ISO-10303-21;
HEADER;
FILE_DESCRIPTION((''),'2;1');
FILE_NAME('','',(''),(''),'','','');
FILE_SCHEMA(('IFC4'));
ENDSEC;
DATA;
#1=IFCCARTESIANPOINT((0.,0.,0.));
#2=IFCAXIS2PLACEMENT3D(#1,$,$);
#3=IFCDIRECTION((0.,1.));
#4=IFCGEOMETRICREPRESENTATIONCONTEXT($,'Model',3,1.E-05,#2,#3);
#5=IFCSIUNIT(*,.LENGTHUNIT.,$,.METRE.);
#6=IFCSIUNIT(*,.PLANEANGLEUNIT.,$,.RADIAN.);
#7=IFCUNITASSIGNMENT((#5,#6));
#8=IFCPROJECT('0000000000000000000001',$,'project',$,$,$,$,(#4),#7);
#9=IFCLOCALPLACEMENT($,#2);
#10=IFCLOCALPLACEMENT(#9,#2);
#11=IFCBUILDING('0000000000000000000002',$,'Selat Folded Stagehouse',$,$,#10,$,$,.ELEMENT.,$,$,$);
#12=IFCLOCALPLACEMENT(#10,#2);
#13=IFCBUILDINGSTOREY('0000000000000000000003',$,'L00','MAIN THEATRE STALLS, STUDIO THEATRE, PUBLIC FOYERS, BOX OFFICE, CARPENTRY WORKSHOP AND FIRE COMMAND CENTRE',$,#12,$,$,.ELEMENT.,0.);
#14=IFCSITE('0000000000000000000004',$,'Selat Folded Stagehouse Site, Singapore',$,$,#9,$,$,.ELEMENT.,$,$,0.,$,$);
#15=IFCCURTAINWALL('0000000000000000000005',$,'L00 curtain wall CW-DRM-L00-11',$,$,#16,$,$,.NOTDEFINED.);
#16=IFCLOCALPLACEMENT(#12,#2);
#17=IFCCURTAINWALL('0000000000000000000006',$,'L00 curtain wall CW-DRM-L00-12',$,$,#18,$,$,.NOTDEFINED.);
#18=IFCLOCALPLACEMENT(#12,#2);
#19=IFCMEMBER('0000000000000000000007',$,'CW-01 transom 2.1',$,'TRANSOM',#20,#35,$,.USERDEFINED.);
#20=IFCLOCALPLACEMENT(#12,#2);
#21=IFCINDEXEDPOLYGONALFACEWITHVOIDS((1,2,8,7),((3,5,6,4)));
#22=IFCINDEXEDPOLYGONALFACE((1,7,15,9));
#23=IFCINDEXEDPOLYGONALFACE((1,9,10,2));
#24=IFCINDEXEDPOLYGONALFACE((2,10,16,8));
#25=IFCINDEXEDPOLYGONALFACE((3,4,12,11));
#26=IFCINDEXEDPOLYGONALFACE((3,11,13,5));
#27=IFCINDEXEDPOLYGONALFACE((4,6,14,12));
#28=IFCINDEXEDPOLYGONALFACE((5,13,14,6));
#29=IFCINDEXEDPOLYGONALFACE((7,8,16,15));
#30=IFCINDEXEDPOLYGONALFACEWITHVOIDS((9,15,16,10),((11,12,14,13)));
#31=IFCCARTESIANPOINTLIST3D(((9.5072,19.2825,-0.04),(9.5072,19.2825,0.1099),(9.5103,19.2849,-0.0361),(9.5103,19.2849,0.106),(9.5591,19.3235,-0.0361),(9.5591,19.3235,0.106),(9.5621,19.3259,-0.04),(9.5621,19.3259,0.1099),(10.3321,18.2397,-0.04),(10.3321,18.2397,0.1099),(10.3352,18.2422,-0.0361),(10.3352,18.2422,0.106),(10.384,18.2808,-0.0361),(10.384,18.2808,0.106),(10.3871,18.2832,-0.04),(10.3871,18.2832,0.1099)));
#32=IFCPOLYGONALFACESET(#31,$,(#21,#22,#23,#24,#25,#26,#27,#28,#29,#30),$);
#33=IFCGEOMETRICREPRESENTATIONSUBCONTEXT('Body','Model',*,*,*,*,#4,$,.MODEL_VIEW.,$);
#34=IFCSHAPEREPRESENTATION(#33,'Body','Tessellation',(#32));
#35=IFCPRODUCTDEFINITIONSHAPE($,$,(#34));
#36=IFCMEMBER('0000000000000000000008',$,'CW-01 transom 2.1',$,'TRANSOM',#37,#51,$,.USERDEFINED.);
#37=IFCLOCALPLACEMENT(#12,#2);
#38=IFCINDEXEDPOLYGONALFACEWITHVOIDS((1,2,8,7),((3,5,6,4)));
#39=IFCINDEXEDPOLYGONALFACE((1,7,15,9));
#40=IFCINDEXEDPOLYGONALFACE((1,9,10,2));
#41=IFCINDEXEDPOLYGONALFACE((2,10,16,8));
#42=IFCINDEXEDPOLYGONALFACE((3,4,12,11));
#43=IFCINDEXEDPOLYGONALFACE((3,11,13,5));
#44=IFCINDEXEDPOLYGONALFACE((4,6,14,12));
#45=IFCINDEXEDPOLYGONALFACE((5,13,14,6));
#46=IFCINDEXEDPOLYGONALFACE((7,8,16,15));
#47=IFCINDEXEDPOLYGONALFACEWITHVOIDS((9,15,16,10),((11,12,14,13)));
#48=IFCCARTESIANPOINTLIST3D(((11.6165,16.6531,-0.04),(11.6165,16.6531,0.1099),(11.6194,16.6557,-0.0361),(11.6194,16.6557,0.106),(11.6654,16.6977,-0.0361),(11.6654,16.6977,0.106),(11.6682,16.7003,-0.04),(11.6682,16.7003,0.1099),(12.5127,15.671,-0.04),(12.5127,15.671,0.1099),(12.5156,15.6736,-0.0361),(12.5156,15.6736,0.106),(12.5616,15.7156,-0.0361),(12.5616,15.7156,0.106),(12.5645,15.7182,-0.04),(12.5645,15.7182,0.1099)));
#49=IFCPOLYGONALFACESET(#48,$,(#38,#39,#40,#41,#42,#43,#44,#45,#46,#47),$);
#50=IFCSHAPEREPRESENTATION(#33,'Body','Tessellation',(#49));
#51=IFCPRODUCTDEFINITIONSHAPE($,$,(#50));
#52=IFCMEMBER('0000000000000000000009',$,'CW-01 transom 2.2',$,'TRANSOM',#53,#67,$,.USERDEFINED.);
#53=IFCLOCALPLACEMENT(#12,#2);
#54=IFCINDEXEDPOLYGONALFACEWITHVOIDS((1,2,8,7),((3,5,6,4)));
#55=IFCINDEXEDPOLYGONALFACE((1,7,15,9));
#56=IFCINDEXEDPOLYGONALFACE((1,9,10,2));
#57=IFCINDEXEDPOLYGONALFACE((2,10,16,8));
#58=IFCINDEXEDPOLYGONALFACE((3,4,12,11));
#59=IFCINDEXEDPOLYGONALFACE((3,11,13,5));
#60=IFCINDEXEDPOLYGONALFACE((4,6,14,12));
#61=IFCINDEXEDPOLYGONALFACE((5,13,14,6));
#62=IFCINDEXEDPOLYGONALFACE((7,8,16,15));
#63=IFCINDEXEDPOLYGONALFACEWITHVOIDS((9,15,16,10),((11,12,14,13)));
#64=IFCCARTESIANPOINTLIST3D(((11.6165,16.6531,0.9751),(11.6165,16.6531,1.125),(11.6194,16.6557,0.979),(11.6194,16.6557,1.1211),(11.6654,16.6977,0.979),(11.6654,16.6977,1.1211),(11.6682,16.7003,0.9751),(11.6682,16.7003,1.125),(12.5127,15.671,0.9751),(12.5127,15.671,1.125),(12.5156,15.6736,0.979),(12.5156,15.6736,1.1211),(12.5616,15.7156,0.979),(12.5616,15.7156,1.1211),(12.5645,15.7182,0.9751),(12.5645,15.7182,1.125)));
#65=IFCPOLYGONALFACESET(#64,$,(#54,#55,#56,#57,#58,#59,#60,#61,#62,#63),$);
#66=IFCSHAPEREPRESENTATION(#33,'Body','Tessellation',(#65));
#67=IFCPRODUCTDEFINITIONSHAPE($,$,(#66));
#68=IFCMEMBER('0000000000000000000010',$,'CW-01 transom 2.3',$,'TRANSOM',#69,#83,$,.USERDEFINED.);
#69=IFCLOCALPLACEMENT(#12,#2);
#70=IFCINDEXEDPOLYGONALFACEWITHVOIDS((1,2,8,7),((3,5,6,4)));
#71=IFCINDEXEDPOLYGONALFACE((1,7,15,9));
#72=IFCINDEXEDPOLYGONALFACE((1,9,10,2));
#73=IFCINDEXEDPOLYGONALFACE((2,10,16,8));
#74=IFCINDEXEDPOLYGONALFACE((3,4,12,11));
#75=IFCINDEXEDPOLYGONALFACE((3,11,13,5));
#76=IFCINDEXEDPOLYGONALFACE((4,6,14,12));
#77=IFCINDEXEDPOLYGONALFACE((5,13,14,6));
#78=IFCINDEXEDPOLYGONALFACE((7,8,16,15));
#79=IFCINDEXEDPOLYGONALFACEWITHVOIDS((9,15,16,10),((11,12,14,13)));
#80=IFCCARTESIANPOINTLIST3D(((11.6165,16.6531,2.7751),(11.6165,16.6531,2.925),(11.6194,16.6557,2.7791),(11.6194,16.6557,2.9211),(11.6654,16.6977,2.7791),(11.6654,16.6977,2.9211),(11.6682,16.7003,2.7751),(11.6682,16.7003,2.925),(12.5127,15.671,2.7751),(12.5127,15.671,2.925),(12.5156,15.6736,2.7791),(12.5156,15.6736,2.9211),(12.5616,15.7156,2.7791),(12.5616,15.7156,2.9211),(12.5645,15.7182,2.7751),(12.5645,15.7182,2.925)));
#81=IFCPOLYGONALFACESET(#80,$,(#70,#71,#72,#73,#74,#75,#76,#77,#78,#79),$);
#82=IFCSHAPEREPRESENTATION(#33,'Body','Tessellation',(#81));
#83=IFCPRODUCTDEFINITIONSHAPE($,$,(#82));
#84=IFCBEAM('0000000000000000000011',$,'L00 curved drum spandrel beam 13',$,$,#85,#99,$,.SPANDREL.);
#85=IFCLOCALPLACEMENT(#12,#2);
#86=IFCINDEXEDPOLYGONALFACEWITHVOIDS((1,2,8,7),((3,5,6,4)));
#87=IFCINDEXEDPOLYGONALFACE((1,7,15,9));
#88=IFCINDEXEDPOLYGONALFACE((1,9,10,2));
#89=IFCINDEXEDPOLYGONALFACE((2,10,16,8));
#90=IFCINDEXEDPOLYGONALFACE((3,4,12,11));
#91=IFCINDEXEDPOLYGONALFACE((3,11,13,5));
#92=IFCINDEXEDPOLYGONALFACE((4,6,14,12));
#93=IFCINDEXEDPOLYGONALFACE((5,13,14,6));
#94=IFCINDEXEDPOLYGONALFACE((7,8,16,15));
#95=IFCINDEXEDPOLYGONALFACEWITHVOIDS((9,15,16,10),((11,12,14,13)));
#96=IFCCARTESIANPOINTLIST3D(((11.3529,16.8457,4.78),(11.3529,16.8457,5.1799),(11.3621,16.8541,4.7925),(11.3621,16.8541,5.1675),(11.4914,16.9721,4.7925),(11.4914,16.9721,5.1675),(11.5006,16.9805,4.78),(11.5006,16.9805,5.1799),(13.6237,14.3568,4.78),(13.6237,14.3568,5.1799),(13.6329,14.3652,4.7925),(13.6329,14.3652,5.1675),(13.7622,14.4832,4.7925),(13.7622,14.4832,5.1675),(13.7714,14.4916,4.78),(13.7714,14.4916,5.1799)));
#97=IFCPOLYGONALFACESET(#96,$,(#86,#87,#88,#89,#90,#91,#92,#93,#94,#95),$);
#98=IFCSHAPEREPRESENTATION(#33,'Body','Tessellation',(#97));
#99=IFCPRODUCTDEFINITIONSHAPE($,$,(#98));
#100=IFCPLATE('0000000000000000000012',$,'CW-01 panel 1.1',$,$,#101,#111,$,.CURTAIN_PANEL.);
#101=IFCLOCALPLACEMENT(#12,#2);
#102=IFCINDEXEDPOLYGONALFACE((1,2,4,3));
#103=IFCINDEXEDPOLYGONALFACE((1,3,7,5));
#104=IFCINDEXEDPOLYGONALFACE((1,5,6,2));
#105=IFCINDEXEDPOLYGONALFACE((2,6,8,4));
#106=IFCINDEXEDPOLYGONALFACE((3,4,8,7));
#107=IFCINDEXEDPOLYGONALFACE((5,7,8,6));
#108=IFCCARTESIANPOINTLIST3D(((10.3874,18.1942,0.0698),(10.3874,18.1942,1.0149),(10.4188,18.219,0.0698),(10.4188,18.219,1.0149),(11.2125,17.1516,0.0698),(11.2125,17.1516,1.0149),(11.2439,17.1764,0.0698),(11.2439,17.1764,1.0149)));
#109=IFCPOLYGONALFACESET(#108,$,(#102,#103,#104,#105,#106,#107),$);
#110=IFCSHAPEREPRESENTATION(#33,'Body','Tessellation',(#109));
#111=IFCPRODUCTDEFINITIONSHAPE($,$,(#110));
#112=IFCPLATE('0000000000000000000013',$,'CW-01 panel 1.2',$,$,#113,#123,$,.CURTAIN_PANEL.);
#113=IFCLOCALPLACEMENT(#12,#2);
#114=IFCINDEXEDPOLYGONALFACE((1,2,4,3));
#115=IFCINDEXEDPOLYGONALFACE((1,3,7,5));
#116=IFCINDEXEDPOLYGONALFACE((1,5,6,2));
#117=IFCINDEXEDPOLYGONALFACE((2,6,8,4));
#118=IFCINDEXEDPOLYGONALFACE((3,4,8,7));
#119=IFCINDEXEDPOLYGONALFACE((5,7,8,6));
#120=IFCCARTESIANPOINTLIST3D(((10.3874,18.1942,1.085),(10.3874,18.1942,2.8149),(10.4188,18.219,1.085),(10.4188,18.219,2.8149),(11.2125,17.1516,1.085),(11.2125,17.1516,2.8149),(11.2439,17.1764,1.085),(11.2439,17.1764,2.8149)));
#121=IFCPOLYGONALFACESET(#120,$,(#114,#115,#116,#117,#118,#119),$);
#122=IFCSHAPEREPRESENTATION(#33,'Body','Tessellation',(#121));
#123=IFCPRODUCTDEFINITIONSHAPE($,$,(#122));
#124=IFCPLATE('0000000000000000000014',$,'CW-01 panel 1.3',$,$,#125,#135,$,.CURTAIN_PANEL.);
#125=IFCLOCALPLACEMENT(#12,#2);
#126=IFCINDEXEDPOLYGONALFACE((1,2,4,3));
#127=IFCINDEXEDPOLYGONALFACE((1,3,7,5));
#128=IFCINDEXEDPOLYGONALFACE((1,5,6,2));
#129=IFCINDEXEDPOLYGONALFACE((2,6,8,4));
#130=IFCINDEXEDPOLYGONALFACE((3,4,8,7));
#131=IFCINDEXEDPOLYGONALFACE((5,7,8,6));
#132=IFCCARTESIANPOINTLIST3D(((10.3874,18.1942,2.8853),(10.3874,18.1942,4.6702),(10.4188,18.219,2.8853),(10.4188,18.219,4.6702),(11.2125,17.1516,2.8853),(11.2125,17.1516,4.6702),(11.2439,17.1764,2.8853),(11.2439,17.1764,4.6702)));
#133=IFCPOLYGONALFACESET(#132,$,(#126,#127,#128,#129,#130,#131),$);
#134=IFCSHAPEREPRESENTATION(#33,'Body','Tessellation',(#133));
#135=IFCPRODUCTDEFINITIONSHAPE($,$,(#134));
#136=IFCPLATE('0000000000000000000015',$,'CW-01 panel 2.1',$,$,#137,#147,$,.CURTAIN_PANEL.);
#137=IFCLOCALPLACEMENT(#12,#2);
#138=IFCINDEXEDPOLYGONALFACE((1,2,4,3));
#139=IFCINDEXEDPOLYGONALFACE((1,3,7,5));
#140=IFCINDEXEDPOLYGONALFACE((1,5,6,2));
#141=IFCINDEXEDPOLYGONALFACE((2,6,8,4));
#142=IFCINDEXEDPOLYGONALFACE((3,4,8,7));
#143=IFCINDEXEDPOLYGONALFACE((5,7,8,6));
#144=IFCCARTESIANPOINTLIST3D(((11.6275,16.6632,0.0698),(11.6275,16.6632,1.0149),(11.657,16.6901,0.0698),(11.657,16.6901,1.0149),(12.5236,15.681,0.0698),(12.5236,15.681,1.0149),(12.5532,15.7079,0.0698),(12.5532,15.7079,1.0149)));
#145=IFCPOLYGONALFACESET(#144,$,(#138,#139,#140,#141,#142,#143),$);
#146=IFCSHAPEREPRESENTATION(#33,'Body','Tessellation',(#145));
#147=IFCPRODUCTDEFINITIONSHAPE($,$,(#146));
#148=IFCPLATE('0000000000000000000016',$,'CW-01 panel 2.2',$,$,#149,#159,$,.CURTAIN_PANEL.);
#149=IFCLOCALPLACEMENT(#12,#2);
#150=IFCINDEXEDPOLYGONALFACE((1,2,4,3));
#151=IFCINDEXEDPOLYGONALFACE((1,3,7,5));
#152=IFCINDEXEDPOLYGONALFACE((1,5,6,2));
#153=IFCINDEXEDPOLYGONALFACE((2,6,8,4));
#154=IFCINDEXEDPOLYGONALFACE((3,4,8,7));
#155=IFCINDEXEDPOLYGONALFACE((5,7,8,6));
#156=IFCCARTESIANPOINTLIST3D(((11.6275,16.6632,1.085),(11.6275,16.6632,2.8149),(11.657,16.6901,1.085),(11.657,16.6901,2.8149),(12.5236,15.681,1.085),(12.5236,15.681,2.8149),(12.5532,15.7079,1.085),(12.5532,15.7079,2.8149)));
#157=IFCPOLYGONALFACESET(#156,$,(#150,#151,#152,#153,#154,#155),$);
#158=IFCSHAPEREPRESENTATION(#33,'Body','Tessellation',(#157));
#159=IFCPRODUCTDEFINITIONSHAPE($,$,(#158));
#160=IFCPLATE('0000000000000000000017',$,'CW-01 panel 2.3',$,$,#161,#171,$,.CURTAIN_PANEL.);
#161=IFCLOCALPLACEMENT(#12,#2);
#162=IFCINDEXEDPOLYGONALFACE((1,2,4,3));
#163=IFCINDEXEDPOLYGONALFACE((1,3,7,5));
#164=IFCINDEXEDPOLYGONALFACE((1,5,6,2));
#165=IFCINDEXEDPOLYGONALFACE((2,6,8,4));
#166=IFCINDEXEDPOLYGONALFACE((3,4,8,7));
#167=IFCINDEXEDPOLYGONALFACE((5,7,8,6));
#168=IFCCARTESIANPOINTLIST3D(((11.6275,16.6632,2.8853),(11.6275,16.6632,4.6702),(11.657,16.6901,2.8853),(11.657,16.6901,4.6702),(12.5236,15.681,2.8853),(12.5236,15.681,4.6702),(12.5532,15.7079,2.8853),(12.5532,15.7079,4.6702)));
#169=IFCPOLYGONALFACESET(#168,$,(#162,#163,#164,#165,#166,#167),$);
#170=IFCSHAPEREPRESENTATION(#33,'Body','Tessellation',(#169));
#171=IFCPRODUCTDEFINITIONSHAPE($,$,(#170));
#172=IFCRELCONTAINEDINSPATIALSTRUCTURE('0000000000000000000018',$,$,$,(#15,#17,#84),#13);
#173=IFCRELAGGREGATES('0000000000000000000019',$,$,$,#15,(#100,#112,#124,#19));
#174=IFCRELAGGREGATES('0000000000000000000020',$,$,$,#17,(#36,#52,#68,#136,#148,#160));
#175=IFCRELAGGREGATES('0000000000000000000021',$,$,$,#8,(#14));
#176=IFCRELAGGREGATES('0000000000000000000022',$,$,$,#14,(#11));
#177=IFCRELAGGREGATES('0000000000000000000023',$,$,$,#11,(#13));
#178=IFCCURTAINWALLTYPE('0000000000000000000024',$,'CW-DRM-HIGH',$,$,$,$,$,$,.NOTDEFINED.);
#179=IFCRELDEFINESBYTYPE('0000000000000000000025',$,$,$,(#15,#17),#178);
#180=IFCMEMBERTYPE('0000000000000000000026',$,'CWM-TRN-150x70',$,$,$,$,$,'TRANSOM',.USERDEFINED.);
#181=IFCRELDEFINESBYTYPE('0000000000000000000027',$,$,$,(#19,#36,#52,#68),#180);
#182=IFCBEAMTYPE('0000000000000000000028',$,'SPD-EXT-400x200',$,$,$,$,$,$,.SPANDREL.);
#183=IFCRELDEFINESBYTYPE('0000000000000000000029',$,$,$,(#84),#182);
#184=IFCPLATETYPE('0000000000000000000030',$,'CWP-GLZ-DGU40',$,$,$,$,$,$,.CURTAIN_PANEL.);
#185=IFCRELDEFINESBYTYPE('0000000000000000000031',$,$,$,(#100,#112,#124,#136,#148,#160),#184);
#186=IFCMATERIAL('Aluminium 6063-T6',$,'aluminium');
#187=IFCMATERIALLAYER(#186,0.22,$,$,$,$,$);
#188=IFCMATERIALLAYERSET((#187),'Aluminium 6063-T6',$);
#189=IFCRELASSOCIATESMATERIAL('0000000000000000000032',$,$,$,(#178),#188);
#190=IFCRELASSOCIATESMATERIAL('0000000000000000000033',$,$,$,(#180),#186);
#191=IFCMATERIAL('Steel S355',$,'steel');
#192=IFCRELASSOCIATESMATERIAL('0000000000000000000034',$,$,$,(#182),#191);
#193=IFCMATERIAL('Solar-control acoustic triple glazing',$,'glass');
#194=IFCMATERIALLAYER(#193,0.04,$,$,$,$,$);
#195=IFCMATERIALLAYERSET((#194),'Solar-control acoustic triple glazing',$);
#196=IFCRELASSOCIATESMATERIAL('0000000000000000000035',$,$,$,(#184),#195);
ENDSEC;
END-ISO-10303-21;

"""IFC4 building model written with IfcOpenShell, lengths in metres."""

from ifc_helpers import new_model, si_unit, direction, frame, origin, origin_2d, place, context, subcontext, project, spatial, rectangle, hollow_rectangle, extrude, material, layer, layer_set, material_profile, profile_set, type_object, element, aggregate, save


model = new_model("IFC4")

# Units and contexts
model_context = context("Model", 3, precision=1e-05, world=origin(), true_north=direction((0.0, 1.0)))
body_context = subcontext(model_context, "Body", "Model", "MODEL_VIEW")
ifc_project = project(units=[si_unit("LENGTHUNIT", "METRE"), si_unit("PLANEANGLEUNIT", "RADIAN")], contexts=[model_context])

# Site, building, storey
site_placement = place(None, origin())
site = spatial("IfcSite", under=ifc_project, at=site_placement, Name="Selat Folded Stagehouse Site, Singapore", CompositionType="ELEMENT", RefElevation=0.0)
building_placement = place(site_placement, origin())
building = spatial("IfcBuilding", under=site, at=building_placement, Name="Selat Folded Stagehouse", CompositionType="ELEMENT")
storey_placement = place(building_placement, origin())
storey = spatial("IfcBuildingStorey", under=building, at=storey_placement, Name="L00", Description="MAIN THEATRE STALLS, STUDIO THEATRE, PUBLIC FOYERS, BOX OFFICE, CARPENTRY WORKSHOP AND FIRE COMMAND CENTRE", CompositionType="ELEMENT", Elevation=0.0)

# Shared definitions
ifc_material_1 = material(Name="Steel S355", Category="steel")

# Curtain wall
ifc_material_2 = material(Name="Aluminium 6063-T6", Category="aluminium")
ifc_layer_1 = layer(ifc_material_2, 0.22)
ifc_layer_set_1 = layer_set([ifc_layer_1], Name="Aluminium 6063-T6")
curtain_wall_type = type_object("IfcCurtainWallType", Name="CW-DRM-HIGH", PredefinedType="NOTDEFINED", material=ifc_layer_set_1)
curtain_wall_1_placement = place(storey_placement, origin())
curtain_wall_1 = element("IfcCurtainWall", 1, at=curtain_wall_1_placement, inside=storey, type_object=curtain_wall_type, Name="L00 curtain wall CW-DRM-L00-11", PredefinedType="NOTDEFINED")

# Curtain wall
curtain_wall_2_placement = place(storey_placement, origin())
curtain_wall_2 = element("IfcCurtainWall", 2, at=curtain_wall_2_placement, inside=storey, type_object=curtain_wall_type, Name="L00 curtain wall CW-DRM-L00-12", PredefinedType="NOTDEFINED")

# Members
ifc_material_profile_1 = material_profile(ifc_material_2, hollow_rectangle(XDim=0.0701, YDim=0.1499, WallThickness=0.0039, at=origin_2d()), Name="ALU 150x70x4.0")
ifc_profile_set_1 = profile_set([ifc_material_profile_1], Name="Aluminium 6063-T6")
member_type_1 = type_object("IfcMemberType", Name="CWM-TRN-150x70", ElementType="TRANSOM", PredefinedType="USERDEFINED", material=ifc_profile_set_1)
member_1_placement = place(storey_placement, frame((10.3596, 18.2615, 0.0349), z_axis=(-0.620454, 0.784243, 0.0), x_axis=(-0.784243, -0.620454, 0.0)))
member_1 = element("IfcMember", 3, at=member_1_placement, type_object=member_type_1, Name="CW-01 transom 2.1", ObjectType="TRANSOM", PredefinedType="USERDEFINED", context=body_context, shape_type="SweptSolid", body=[
    extrude(hollow_rectangle(XDim=0.0701, YDim=0.1499, WallThickness=0.0039, at=origin_2d()), origin(), (0.0, 0.0, 1.0), 1.3296),
])
member_2_placement = place(storey_placement, frame((12.5386, 15.6946, 0.0349), z_axis=(-0.674052, 0.738684, 0.0), x_axis=(-0.738684, -0.674052, 0.0)))
member_2 = element("IfcMember", 4, at=member_2_placement, type_object=member_type_1, Name="CW-01 transom 2.1", ObjectType="TRANSOM", PredefinedType="USERDEFINED", context=body_context, shape_type="SweptSolid", body=[
    extrude(hollow_rectangle(XDim=0.0701, YDim=0.1499, WallThickness=0.0039, at=origin_2d()), origin(), (0.0, 0.0, 1.0), 1.3296),
])
member_3_placement = place(storey_placement, frame((12.5386, 15.6946, 1.05), z_axis=(-0.674052, 0.738684, 0.0), x_axis=(-0.738684, -0.674052, 0.0)))
member_3 = element("IfcMember", 5, at=member_3_placement, type_object=member_type_1, Name="CW-01 transom 2.2", ObjectType="TRANSOM", PredefinedType="USERDEFINED", context=body_context, shape_type="SweptSolid", body=[
    extrude(hollow_rectangle(XDim=0.0701, YDim=0.1499, WallThickness=0.0039, at=origin_2d()), origin(), (0.0, 0.0, 1.0), 1.3296),
])
member_4_placement = place(storey_placement, frame((12.5386, 15.6946, 2.8501), z_axis=(-0.674052, 0.738684, 0.0), x_axis=(-0.738684, -0.674052, 0.0)))
member_4 = element("IfcMember", 6, at=member_4_placement, type_object=member_type_1, Name="CW-01 transom 2.3", ObjectType="TRANSOM", PredefinedType="USERDEFINED", context=body_context, shape_type="SweptSolid", body=[
    extrude(hollow_rectangle(XDim=0.0701, YDim=0.1499, WallThickness=0.0039, at=origin_2d()), origin(), (0.0, 0.0, 1.0), 1.3296),
])

# Beam
ifc_material_profile_2 = material_profile(ifc_material_1, hollow_rectangle(XDim=0.2, YDim=0.3999, WallThickness=0.0125, at=origin_2d()), Name="RHS 400x200x12.5")
ifc_profile_set_2 = profile_set([ifc_material_profile_2], Name="Steel S355")
beam_type = type_object("IfcBeamType", Name="SPD-EXT-400x200", PredefinedType="SPANDREL", material=ifc_profile_set_2)
beam_placement = place(storey_placement, frame((11.4268, 16.9131, 4.98), z_axis=(0.67401, -0.738722, 0.0), x_axis=(0.738722, 0.67401, 0.0)))
element("IfcBeam", 7, at=beam_placement, inside=storey, type_object=beam_type, Name="L00 curved drum spandrel beam 13", PredefinedType="SPANDREL", context=body_context, shape_type="SweptSolid", body=[
    extrude(hollow_rectangle(XDim=0.2, YDim=0.3999, WallThickness=0.0125, at=origin_2d()), origin(), (0.0, 0.0, 1.0), 3.3691),
])

# Plates
ifc_material_3 = material(Name="Solar-control acoustic triple glazing", Category="glass")
ifc_layer_2 = layer(ifc_material_3, 0.04)
ifc_layer_set_2 = layer_set([ifc_layer_2], Name="Solar-control acoustic triple glazing")
plate_type = type_object("IfcPlateType", Name="CWP-GLZ-DGU40", PredefinedType="CURTAIN_PANEL", material=ifc_layer_set_2)
plate_1_placement = place(storey_placement, frame((10.8157, 17.6853, 0.0698), z_axis=(0.0, 0.0, 1.0), x_axis=(-0.620533, 0.78418, 0.0)))
plate_1 = element("IfcPlate", 8, at=plate_1_placement, type_object=plate_type, Name="CW-01 panel 1.1", PredefinedType="CURTAIN_PANEL", context=body_context, shape_type="SweptSolid", body=[
    extrude(rectangle(XDim=1.3296, YDim=0.04, at=origin_2d()), origin(), (0.0, 0.0, 1.0), 0.9451),
])
plate_2_placement = place(storey_placement, frame((10.8157, 17.6853, 1.085), z_axis=(0.0, 0.0, 1.0), x_axis=(-0.620533, 0.78418, 0.0)))
plate_2 = element("IfcPlate", 9, at=plate_2_placement, type_object=plate_type, Name="CW-01 panel 1.2", PredefinedType="CURTAIN_PANEL", context=body_context, shape_type="SweptSolid", body=[
    extrude(rectangle(XDim=1.3296, YDim=0.04, at=origin_2d()), origin(), (0.0, 0.0, 1.0), 1.73),
])
plate_3_placement = place(storey_placement, frame((10.8157, 17.6853, 2.8853), z_axis=(0.0, 0.0, 1.0), x_axis=(-0.620533, 0.78418, 0.0)))
plate_3 = element("IfcPlate", 10, at=plate_3_placement, type_object=plate_type, Name="CW-01 panel 1.3", PredefinedType="CURTAIN_PANEL", context=body_context, shape_type="SweptSolid", body=[
    extrude(rectangle(XDim=1.3296, YDim=0.04, at=origin_2d()), origin(), (0.0, 0.0, 1.0), 1.7849),
])
aggregate(curtain_wall_1, [plate_1, plate_2, plate_3, member_1])
plate_4_placement = place(storey_placement, frame((12.0903, 16.1855, 0.0698), z_axis=(0.0, 0.0, 1.0), x_axis=(-0.674002, 0.738729, 0.0)))
plate_4 = element("IfcPlate", 11, at=plate_4_placement, type_object=plate_type, Name="CW-01 panel 2.1", PredefinedType="CURTAIN_PANEL", context=body_context, shape_type="SweptSolid", body=[
    extrude(rectangle(XDim=1.3296, YDim=0.04, at=origin_2d()), origin(), (0.0, 0.0, 1.0), 0.9451),
])
plate_5_placement = place(storey_placement, frame((12.0903, 16.1855, 1.085), z_axis=(0.0, 0.0, 1.0), x_axis=(-0.674002, 0.738729, 0.0)))
plate_5 = element("IfcPlate", 12, at=plate_5_placement, type_object=plate_type, Name="CW-01 panel 2.2", PredefinedType="CURTAIN_PANEL", context=body_context, shape_type="SweptSolid", body=[
    extrude(rectangle(XDim=1.3296, YDim=0.04, at=origin_2d()), origin(), (0.0, 0.0, 1.0), 1.73),
])
plate_6_placement = place(storey_placement, frame((12.0903, 16.1855, 2.8853), z_axis=(0.0, 0.0, 1.0), x_axis=(-0.674002, 0.738729, 0.0)))
plate_6 = element("IfcPlate", 13, at=plate_6_placement, type_object=plate_type, Name="CW-01 panel 2.3", PredefinedType="CURTAIN_PANEL", context=body_context, shape_type="SweptSolid", body=[
    extrude(rectangle(XDim=1.3296, YDim=0.04, at=origin_2d()), origin(), (0.0, 0.0, 1.0), 1.7849),
])
aggregate(curtain_wall_2, [member_2, member_3, member_4, plate_4, plate_5, plate_6])

save(model, "model.ifc")
